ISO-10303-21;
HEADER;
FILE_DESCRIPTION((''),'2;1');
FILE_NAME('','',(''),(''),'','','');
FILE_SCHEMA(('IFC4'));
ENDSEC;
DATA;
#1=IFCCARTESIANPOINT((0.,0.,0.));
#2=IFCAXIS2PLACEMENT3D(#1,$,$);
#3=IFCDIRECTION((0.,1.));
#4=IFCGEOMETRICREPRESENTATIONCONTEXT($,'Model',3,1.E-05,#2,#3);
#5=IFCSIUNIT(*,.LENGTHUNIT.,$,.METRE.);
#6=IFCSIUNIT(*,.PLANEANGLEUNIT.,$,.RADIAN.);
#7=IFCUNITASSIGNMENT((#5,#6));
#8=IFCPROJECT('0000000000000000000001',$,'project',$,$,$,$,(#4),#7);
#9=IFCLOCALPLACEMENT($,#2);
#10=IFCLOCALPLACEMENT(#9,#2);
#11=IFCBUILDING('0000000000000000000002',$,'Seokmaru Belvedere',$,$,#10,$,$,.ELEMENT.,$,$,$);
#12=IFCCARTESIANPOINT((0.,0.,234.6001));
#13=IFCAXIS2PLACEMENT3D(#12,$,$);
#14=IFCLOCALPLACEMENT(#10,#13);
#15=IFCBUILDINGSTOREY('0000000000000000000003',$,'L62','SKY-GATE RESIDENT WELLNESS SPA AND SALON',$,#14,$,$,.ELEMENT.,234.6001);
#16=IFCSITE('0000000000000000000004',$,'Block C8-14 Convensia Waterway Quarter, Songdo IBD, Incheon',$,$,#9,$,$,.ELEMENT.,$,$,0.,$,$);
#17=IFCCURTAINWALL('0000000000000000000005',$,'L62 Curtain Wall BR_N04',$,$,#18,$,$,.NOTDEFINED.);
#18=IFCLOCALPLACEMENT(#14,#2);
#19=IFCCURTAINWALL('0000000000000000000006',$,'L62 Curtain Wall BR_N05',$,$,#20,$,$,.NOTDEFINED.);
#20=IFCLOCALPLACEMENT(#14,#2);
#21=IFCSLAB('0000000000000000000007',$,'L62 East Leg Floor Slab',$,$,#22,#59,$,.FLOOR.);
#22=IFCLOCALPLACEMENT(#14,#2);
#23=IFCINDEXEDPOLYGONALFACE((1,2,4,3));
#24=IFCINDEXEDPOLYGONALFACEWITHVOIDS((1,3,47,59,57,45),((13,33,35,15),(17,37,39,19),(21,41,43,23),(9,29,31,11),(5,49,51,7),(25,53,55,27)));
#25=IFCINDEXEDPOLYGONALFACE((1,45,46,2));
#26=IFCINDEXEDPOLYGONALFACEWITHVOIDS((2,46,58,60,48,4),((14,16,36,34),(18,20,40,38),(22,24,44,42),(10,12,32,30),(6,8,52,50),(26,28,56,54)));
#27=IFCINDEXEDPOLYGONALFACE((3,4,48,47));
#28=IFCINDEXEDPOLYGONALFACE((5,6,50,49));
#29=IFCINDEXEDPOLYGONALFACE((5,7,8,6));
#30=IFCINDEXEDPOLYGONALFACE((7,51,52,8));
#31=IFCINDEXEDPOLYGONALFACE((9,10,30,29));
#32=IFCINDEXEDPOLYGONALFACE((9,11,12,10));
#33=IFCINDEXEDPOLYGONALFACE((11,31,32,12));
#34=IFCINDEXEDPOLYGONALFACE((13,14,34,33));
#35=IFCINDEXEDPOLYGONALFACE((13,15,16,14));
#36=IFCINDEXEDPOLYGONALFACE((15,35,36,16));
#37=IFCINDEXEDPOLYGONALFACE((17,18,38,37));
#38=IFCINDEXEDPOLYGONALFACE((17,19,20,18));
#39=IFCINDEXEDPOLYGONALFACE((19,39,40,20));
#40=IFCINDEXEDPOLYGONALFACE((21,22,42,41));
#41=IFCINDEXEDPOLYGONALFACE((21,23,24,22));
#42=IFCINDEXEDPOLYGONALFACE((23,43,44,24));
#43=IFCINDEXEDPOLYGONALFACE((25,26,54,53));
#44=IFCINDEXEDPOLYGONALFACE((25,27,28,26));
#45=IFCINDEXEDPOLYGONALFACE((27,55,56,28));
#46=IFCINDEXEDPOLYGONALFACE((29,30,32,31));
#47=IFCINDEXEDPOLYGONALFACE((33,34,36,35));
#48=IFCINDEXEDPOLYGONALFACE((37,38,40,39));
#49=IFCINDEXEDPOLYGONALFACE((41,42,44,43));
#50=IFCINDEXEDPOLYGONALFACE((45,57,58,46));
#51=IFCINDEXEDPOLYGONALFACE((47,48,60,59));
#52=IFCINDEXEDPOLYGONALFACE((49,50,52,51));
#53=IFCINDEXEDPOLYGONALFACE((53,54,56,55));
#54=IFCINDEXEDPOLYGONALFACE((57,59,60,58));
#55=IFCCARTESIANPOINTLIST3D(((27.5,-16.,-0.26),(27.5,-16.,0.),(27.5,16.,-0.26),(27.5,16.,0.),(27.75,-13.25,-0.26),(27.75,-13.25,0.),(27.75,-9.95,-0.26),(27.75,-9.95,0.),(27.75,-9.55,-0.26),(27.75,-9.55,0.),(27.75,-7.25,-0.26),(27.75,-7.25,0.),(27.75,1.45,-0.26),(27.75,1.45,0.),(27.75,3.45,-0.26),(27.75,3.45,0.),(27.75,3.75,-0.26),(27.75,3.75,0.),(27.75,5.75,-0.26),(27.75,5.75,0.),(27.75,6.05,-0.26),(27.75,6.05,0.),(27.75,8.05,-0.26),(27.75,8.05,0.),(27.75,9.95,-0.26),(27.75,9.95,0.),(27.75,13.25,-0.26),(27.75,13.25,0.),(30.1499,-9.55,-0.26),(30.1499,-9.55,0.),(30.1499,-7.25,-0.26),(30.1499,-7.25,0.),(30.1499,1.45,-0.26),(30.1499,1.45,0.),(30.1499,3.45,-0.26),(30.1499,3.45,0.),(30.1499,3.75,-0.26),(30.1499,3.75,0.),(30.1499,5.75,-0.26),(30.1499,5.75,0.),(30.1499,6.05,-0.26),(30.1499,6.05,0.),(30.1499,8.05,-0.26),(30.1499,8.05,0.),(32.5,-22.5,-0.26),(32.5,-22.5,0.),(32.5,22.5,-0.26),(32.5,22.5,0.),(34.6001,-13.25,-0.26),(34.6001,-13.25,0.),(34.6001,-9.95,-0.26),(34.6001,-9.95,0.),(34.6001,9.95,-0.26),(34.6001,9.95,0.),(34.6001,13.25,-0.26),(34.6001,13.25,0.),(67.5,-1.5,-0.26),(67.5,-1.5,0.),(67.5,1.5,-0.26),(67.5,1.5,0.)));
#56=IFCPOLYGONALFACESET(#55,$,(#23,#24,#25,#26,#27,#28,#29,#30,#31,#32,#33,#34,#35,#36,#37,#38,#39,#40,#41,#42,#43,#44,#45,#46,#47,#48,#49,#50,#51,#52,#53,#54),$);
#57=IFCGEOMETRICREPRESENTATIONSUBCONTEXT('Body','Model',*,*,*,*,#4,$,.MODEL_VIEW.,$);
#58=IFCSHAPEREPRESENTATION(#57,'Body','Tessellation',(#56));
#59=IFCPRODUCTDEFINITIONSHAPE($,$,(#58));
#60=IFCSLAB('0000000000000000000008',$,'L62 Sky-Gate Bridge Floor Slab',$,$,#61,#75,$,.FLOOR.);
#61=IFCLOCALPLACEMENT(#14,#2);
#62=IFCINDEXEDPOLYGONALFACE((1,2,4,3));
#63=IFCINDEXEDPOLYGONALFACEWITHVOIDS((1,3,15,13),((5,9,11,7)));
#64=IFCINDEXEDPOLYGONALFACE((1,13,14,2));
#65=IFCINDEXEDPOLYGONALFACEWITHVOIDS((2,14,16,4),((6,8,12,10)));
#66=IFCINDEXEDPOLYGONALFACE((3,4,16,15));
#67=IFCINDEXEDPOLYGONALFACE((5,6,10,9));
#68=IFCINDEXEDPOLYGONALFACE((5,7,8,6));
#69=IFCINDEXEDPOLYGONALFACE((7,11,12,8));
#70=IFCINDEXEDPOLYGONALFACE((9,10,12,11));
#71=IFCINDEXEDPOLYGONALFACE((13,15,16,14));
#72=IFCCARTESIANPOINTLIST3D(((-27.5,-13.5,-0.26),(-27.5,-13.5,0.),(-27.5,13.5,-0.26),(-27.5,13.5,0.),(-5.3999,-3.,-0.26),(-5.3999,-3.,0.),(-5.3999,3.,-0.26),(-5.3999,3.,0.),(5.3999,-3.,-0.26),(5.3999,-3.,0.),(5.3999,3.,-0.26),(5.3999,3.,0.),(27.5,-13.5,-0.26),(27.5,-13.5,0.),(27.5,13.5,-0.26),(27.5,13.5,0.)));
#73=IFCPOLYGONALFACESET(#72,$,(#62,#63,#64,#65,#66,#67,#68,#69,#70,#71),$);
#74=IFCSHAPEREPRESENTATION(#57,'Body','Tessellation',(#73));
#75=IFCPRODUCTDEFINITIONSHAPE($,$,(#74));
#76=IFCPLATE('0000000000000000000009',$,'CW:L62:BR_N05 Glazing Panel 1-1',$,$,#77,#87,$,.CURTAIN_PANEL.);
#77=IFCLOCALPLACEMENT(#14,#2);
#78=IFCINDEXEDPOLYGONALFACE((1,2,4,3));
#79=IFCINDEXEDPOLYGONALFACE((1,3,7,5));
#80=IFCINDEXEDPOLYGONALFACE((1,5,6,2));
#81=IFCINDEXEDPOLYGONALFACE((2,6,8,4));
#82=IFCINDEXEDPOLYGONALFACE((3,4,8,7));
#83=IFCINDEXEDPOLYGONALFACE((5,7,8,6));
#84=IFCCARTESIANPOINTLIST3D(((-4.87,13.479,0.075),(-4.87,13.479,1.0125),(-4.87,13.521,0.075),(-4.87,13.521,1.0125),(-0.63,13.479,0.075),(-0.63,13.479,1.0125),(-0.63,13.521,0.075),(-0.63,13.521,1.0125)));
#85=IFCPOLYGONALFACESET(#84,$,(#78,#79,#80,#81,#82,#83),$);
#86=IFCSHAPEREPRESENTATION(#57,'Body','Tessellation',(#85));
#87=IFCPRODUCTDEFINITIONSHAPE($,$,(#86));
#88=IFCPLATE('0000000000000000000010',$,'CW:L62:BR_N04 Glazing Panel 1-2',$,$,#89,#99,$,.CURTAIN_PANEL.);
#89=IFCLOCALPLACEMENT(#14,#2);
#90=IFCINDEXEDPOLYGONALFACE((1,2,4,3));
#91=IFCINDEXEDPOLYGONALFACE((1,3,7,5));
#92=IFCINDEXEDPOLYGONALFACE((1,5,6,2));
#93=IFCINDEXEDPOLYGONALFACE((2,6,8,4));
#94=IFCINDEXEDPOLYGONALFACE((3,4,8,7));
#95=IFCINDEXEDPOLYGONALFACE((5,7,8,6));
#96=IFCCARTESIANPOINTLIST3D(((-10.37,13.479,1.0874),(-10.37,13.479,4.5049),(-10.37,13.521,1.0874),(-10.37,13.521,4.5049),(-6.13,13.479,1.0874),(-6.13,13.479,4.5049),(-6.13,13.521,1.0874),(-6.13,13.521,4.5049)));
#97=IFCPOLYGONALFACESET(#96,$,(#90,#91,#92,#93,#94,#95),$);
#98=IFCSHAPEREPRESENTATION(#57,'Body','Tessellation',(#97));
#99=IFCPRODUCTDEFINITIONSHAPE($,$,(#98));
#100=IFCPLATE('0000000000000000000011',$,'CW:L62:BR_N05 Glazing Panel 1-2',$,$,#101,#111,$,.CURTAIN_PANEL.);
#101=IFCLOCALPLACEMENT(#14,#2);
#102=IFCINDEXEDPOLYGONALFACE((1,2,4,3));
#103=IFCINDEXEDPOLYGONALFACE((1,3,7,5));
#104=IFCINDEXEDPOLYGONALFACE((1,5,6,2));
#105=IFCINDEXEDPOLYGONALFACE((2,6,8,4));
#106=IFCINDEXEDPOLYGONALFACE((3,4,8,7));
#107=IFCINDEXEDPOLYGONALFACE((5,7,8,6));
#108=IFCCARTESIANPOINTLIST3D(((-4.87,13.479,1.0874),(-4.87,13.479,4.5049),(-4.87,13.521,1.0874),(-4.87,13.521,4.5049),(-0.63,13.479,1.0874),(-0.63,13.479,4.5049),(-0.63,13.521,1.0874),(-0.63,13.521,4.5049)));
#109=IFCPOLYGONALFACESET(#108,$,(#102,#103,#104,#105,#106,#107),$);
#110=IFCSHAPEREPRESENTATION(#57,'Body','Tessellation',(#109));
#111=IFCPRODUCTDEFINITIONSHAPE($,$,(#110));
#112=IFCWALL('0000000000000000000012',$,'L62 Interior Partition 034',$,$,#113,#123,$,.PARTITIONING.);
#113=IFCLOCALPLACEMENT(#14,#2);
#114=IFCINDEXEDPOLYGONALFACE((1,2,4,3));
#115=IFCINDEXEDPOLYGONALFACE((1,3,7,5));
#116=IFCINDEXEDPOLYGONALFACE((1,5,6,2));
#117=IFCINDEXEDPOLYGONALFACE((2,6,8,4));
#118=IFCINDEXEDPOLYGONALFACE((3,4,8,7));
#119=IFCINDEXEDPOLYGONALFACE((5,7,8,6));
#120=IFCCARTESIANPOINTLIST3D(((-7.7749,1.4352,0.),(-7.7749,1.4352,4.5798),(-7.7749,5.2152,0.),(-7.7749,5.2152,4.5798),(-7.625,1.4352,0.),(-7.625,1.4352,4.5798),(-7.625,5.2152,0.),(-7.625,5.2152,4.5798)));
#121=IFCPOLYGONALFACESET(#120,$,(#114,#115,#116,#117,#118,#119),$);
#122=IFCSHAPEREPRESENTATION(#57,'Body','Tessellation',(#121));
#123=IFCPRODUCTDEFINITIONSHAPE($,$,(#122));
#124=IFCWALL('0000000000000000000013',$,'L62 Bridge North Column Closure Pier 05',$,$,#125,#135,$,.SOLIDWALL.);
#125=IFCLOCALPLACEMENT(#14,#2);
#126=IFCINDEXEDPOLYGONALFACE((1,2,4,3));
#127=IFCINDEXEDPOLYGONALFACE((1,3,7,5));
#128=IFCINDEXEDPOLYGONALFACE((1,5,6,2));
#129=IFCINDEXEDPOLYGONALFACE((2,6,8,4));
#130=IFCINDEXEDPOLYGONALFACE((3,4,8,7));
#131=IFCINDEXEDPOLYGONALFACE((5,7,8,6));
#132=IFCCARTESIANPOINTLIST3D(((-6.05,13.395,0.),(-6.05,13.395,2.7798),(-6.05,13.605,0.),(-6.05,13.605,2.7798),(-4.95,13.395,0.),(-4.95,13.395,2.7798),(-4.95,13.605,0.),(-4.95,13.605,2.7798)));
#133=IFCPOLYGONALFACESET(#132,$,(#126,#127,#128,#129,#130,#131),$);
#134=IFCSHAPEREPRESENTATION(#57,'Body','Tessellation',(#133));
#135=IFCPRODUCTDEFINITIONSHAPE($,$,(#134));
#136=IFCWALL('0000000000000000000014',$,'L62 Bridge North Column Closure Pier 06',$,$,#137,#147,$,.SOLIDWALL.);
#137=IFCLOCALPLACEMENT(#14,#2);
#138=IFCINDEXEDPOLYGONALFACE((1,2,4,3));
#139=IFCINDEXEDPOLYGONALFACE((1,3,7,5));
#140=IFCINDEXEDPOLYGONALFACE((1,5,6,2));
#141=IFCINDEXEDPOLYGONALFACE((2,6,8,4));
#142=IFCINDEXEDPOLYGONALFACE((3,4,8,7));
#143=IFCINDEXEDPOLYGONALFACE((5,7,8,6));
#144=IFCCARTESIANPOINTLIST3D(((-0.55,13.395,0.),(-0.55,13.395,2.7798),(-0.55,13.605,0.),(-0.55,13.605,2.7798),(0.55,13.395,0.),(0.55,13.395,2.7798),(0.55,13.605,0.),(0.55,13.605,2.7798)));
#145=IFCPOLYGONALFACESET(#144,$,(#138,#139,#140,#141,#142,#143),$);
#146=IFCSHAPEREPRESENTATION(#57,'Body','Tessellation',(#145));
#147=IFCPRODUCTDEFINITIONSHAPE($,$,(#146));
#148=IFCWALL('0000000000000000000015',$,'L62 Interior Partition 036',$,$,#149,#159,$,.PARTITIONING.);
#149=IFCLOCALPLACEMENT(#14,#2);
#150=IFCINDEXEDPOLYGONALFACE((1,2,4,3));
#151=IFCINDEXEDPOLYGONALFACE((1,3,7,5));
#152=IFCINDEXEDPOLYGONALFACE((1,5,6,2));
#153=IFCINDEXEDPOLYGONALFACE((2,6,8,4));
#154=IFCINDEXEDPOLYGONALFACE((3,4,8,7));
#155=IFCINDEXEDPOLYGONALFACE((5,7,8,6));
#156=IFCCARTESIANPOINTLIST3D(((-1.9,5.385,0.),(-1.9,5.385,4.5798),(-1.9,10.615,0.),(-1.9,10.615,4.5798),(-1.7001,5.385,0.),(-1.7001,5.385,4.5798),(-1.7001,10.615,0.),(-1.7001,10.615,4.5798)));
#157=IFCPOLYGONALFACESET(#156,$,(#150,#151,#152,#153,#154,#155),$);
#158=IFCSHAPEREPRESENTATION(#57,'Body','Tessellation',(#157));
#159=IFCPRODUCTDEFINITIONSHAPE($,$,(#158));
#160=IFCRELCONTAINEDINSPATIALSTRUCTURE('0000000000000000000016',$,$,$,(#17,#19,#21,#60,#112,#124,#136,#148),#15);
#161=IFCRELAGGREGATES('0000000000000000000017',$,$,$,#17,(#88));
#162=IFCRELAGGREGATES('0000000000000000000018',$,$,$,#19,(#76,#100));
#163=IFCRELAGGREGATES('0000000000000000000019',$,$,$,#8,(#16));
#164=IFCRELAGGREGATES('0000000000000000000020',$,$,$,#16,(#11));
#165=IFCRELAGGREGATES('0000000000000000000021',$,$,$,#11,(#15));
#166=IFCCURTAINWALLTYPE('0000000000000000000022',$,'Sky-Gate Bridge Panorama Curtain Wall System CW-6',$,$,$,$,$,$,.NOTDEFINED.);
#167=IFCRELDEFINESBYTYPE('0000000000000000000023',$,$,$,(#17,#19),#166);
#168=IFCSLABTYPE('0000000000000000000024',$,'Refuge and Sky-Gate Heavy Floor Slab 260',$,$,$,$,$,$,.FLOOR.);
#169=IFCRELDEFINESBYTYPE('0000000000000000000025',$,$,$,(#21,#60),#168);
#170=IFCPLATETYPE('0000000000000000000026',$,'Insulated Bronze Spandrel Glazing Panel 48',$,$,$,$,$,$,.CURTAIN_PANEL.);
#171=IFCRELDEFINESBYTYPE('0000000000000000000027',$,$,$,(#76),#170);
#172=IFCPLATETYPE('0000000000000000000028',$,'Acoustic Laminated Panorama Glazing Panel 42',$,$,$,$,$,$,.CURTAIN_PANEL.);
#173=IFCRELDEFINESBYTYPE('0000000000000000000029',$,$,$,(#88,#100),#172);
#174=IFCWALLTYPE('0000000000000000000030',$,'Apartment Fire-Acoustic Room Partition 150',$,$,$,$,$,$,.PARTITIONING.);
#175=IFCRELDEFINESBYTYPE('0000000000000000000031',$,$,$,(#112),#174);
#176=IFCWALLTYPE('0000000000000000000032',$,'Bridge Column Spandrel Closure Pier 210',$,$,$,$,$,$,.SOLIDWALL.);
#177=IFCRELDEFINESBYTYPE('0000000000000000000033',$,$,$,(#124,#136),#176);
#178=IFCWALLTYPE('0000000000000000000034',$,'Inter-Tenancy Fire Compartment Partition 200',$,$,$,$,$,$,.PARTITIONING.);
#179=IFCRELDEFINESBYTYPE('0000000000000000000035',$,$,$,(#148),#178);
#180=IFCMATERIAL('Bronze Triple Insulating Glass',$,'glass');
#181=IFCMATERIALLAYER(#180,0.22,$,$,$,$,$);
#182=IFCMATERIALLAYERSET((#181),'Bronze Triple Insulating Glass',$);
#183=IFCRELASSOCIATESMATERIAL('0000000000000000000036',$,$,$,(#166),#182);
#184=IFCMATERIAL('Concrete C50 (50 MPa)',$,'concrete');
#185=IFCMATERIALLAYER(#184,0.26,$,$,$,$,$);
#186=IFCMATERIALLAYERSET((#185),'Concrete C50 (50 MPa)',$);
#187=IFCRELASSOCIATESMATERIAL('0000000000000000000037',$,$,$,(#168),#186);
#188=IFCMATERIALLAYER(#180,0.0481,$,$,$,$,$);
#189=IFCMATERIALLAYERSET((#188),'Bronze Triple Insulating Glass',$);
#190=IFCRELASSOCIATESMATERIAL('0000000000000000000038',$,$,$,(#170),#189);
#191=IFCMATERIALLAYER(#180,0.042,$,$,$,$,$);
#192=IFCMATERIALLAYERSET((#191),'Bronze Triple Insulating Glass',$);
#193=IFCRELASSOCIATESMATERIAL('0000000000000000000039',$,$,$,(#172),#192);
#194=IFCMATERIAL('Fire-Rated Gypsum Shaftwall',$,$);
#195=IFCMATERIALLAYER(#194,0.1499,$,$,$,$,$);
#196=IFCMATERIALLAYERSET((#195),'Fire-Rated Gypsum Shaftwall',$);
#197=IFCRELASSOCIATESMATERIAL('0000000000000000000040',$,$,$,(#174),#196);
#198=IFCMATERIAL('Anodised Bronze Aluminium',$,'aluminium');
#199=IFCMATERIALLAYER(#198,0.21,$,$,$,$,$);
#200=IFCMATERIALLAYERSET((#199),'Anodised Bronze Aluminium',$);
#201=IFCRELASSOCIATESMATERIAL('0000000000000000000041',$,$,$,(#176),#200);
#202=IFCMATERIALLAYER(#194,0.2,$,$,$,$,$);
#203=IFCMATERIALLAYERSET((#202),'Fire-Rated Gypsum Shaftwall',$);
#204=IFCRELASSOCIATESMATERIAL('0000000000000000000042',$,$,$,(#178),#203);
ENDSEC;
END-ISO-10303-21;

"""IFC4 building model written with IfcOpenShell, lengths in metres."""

from ifc_helpers import new_model, si_unit, direction, frame, frame_2d, origin, origin_2d, place, context, subcontext, project, spatial, polyline, rectangle, outline, extrude, source, transform, mapped, material, layer, layer_set, type_object, type_shapes, element, aggregate, save


model = new_model("IFC4")

# Units and contexts
model_context = context("Model", 3, precision=1e-05, world=origin(), true_north=direction((0.0, 1.0)))
body_context = subcontext(model_context, "Body", "Model", "MODEL_VIEW")
ifc_project = project(units=[si_unit("LENGTHUNIT", "METRE"), si_unit("PLANEANGLEUNIT", "RADIAN")], contexts=[model_context])

# Site, building, storey
site_placement = place(None, origin())
site = spatial("IfcSite", under=ifc_project, at=site_placement, Name="Block C8-14 Convensia Waterway Quarter, Songdo IBD, Incheon", CompositionType="ELEMENT", RefElevation=0.0)
building_placement = place(site_placement, origin())
building = spatial("IfcBuilding", under=site, at=building_placement, Name="Seokmaru Belvedere", CompositionType="ELEMENT")
storey_placement = place(building_placement, frame((0.0, 0.0, 234.6001)))
storey = spatial("IfcBuildingStorey", under=building, at=storey_placement, Name="L62", Description="SKY-GATE RESIDENT WELLNESS SPA AND SALON", CompositionType="ELEMENT", Elevation=234.6001)

# Curtain walls
ifc_material_1 = material(Name="Bronze Triple Insulating Glass", Category="glass")
ifc_layer_1 = layer(ifc_material_1, 0.22)
ifc_layer_set_1 = layer_set([ifc_layer_1], Name="Bronze Triple Insulating Glass")
curtain_wall_type = type_object("IfcCurtainWallType", Name="Sky-Gate Bridge Panorama Curtain Wall System CW-6", PredefinedType="NOTDEFINED", material=ifc_layer_set_1)
curtain_wall_1_placement = place(storey_placement, origin())
curtain_wall_1 = element("IfcCurtainWall", 1, at=curtain_wall_1_placement, inside=storey, type_object=curtain_wall_type, Name="L62 Curtain Wall BR_N04", PredefinedType="NOTDEFINED")
ifc_material_2 = material(Name="Anodised Bronze Aluminium", Category="aluminium")
curtain_wall_2_placement = place(storey_placement, origin())
curtain_wall_2 = element("IfcCurtainWall", 2, at=curtain_wall_2_placement, inside=storey, type_object=curtain_wall_type, Name="L62 Curtain Wall BR_N05", PredefinedType="NOTDEFINED")

# Slabs
ifc_material_3 = material(Name="Concrete C50 (50 MPa)", Category="concrete")
ifc_layer_2 = layer(ifc_material_3, 0.26)
ifc_layer_set_2 = layer_set([ifc_layer_2], Name="Concrete C50 (50 MPa)")
slab_type = type_object("IfcSlabType", Name="Refuge and Sky-Gate Heavy Floor Slab 260", PredefinedType="FLOOR", material=ifc_layer_set_2)
slab_1_placement = place(storey_placement, frame((0.0, 0.0, -0.26)))
element("IfcSlab", 3, at=slab_1_placement, inside=storey, type_object=slab_type, Name="L62 East Leg Floor Slab", PredefinedType="FLOOR", context=body_context, shape_type="SweptSolid", body=[
    extrude(outline(polyline([(32.5, -22.5), (67.5, -1.5), (67.5, 1.5), (32.5, 22.5), (27.5, 16.0), (27.5, -16.0), (32.5, -22.5)]), holes=[polyline([(27.75, -13.25), (34.6001, -13.25), (34.6001, -9.95), (27.75, -9.95), (27.75, -13.25)]), polyline([(27.75, 9.95), (34.6001, 9.95), (34.6001, 13.25), (27.75, 13.25), (27.75, 9.95)]), polyline([(27.75, -9.55), (30.1499, -9.55), (30.1499, -7.25), (27.75, -7.25), (27.75, -9.55)]), polyline([(27.75, 1.45), (30.1499, 1.45), (30.1499, 3.45), (27.75, 3.45), (27.75, 1.45)]), polyline([(27.75, 3.75), (30.1499, 3.75), (30.1499, 5.75), (27.75, 5.75), (27.75, 3.75)]), polyline([(27.75, 6.05), (30.1499, 6.05), (30.1499, 8.05), (27.75, 8.05), (27.75, 6.05)])]), origin(), (0.0, 0.0, 1.0), 0.26),
])
slab_2_placement = place(storey_placement, frame((0.0, 0.0, -0.26)))
element("IfcSlab", 4, at=slab_2_placement, inside=storey, type_object=slab_type, Name="L62 Sky-Gate Bridge Floor Slab", PredefinedType="FLOOR", context=body_context, shape_type="SweptSolid", body=[
    extrude(outline(polyline([(-27.5, -13.5), (27.5, -13.5), (27.5, 13.5), (-27.5, 13.5), (-27.5, -13.5)]), holes=[polyline([(-5.3999, -3.0), (5.3999, -3.0), (5.3999, 3.0), (-5.3999, 3.0), (-5.3999, -3.0)])]), origin(), (0.0, 0.0, 1.0), 0.26),
])

# Plates
ifc_layer_3 = layer(ifc_material_1, 0.0481)
ifc_layer_set_3 = layer_set([ifc_layer_3], Name="Bronze Triple Insulating Glass")
plate_type_1 = type_object("IfcPlateType", Name="Insulated Bronze Spandrel Glazing Panel 48", PredefinedType="CURTAIN_PANEL", material=ifc_layer_set_3)
shared_shape_1 = source(origin(), body_context, "Body", "SweptSolid", [
    extrude(rectangle(XDim=4.24, YDim=0.042, at=origin_2d()), origin(), (0.0, 0.0, 1.0), 0.9375),
])
type_shapes(plate_type_1, [shared_shape_1])
plate_1_placement = place(storey_placement, frame((-2.75, 13.5, 0.075), z_axis=(0.0, 0.0, 1.0), x_axis=(-1.0, 0.0, 0.0)))
plate_1 = element("IfcPlate", 5, at=plate_1_placement, type_object=plate_type_1, Name="CW:L62:BR_N05 Glazing Panel 1-1", PredefinedType="CURTAIN_PANEL", context=body_context, shape_type="MappedRepresentation", body=[
    mapped(shared_shape_1, transform((0.0, 0.0, 0.0), scale=1.0)),
])
ifc_layer_4 = layer(ifc_material_1, 0.042)
ifc_layer_set_4 = layer_set([ifc_layer_4], Name="Bronze Triple Insulating Glass")
plate_type_2 = type_object("IfcPlateType", Name="Acoustic Laminated Panorama Glazing Panel 42", PredefinedType="CURTAIN_PANEL", material=ifc_layer_set_4)
shared_shape_2 = source(origin(), body_context, "Body", "SweptSolid", [
    extrude(rectangle(XDim=4.24, YDim=0.042, at=origin_2d()), origin(), (0.0, 0.0, 1.0), 3.4175),
])
type_shapes(plate_type_2, [shared_shape_2])
plate_2_placement = place(storey_placement, frame((-8.25, 13.5, 1.0874), z_axis=(0.0, 0.0, 1.0), x_axis=(-1.0, 0.0, 0.0)))
plate_2 = element("IfcPlate", 6, at=plate_2_placement, type_object=plate_type_2, Name="CW:L62:BR_N04 Glazing Panel 1-2", PredefinedType="CURTAIN_PANEL", context=body_context, shape_type="MappedRepresentation", body=[
    mapped(shared_shape_2, transform((0.0, 0.0, 0.0), scale=1.0)),
])
aggregate(curtain_wall_1, [plate_2])
plate_3_placement = place(storey_placement, frame((-2.75, 13.5, 1.0874), z_axis=(0.0, 0.0, 1.0), x_axis=(-1.0, 0.0, 0.0)))
plate_3 = element("IfcPlate", 7, at=plate_3_placement, type_object=plate_type_2, Name="CW:L62:BR_N05 Glazing Panel 1-2", PredefinedType="CURTAIN_PANEL", context=body_context, shape_type="MappedRepresentation", body=[
    mapped(shared_shape_2, transform((0.0, 0.0, 0.0), scale=1.0)),
])
aggregate(curtain_wall_2, [plate_1, plate_3])

# Walls
ifc_material_4 = material(Name="Fire-Rated Gypsum Shaftwall")
ifc_layer_5 = layer(ifc_material_4, 0.1499)
ifc_layer_set_5 = layer_set([ifc_layer_5], Name="Fire-Rated Gypsum Shaftwall")
wall_type_1 = type_object("IfcWallType", Name="Apartment Fire-Acoustic Room Partition 150", PredefinedType="PARTITIONING", material=ifc_layer_set_5)
wall_1_placement = place(storey_placement, frame((-7.7, 1.4351, 0.0), z_axis=(0.0, 0.0, 1.0), x_axis=(0.0, 1.0, 0.0)))
element("IfcWall", 8, at=wall_1_placement, inside=storey, type_object=wall_type_1, Name="L62 Interior Partition 034", PredefinedType="PARTITIONING", context=body_context, shape_type="SweptSolid", body=[
    extrude(rectangle(XDim=3.78, YDim=0.1499, at=frame_2d((1.8901, 0.0))), origin(), (0.0, 0.0, 1.0), 4.5798),
])
ifc_layer_6 = layer(ifc_material_2, 0.21)
ifc_layer_set_6 = layer_set([ifc_layer_6], Name="Anodised Bronze Aluminium")
wall_type_2 = type_object("IfcWallType", Name="Bridge Column Spandrel Closure Pier 210", PredefinedType="SOLIDWALL", material=ifc_layer_set_6)
for number, where, z_axis, x_axis, name in (
    (9, (-6.05, 13.5, 0.0), (0.0, 0.0, 1.0), (1.0, 0.0, 0.0), "L62 Bridge North Column Closure Pier 05"),
    (10, (-0.55, 13.5, 0.0), (0.0, 0.0, 1.0), (1.0, 0.0, 0.0), "L62 Bridge North Column Closure Pier 06"),
):
    element("IfcWall", number, at=place(storey_placement, frame(where, z_axis=z_axis, x_axis=x_axis)), inside=storey, type_object=wall_type_2, Name=name, PredefinedType="SOLIDWALL", context=body_context, shape_type="SweptSolid", body=[
        extrude(rectangle(XDim=1.1001, YDim=0.21, at=frame_2d((0.55, 0.0))), origin(), (0.0, 0.0, 1.0), 2.7798),
    ])
ifc_layer_7 = layer(ifc_material_4, 0.2)
ifc_layer_set_7 = layer_set([ifc_layer_7], Name="Fire-Rated Gypsum Shaftwall")
wall_type_3 = type_object("IfcWallType", Name="Inter-Tenancy Fire Compartment Partition 200", PredefinedType="PARTITIONING", material=ifc_layer_set_7)
wall_2_placement = place(storey_placement, frame((-1.8, 5.385, 0.0), z_axis=(0.0, 0.0, 1.0), x_axis=(0.0, 1.0, 0.0)))
element("IfcWall", 11, at=wall_2_placement, inside=storey, type_object=wall_type_3, Name="L62 Interior Partition 036", PredefinedType="PARTITIONING", context=body_context, shape_type="SweptSolid", body=[
    extrude(rectangle(XDim=5.23, YDim=0.2, at=frame_2d((2.615, 0.0))), origin(), (0.0, 0.0, 1.0), 4.5798),
])

save(model, "model.ifc")
